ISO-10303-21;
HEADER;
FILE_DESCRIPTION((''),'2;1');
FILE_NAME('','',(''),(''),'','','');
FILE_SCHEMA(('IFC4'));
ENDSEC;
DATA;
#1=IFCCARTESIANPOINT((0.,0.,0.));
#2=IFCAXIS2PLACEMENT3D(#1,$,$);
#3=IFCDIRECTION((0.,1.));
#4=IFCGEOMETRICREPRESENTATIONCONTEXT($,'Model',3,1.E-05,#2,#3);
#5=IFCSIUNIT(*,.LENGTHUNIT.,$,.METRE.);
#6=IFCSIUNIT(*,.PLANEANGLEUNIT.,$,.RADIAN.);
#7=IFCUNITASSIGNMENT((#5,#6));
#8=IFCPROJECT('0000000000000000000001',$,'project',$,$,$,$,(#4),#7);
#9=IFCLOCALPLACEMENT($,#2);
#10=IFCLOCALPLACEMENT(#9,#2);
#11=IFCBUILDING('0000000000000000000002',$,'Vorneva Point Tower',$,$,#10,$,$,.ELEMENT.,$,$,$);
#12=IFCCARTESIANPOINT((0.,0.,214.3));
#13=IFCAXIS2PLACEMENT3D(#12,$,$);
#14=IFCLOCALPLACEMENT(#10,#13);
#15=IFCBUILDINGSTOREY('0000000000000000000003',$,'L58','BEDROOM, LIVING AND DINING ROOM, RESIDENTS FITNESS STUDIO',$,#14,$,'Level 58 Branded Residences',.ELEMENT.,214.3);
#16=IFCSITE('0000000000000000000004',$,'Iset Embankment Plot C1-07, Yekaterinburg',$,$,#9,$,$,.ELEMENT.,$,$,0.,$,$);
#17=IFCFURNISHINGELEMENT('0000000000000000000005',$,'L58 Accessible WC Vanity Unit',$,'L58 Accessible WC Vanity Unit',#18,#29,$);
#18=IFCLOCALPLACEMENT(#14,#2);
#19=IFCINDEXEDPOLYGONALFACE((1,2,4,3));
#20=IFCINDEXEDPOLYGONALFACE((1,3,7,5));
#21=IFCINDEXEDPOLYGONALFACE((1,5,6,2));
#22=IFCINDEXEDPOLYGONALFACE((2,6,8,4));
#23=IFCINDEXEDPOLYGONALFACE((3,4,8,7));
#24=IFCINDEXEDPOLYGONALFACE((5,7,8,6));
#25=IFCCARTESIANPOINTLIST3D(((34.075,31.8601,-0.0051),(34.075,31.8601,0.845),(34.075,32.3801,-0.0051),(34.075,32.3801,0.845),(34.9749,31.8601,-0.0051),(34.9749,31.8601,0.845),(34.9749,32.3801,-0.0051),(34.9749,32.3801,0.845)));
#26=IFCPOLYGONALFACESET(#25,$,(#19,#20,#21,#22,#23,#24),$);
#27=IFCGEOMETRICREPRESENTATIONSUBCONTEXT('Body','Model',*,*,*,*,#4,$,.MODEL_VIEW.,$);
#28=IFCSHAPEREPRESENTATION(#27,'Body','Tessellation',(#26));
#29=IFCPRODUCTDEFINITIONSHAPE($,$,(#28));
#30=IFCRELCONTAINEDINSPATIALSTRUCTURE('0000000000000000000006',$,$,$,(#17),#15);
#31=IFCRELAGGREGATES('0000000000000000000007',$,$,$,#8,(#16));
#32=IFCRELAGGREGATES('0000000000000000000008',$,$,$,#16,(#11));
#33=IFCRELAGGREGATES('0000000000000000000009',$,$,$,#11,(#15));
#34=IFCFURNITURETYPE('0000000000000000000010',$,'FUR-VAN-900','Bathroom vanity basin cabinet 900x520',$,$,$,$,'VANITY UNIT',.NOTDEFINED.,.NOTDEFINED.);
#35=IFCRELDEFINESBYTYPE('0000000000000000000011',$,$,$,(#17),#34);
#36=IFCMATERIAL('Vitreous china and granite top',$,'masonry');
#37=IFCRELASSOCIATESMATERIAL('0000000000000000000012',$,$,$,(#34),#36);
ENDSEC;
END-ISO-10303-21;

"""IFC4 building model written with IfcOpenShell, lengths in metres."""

from ifc_helpers import new_model, si_unit, direction, frame, origin, origin_2d, place, context, subcontext, project, spatial, rectangle, extrude, material, type_object, element, save


model = new_model("IFC4")

# Units and contexts
model_context = context("Model", 3, precision=1e-05, world=origin(), true_north=direction((0.0, 1.0)))
body_context = subcontext(model_context, "Body", "Model", "MODEL_VIEW")
ifc_project = project(units=[si_unit("LENGTHUNIT", "METRE"), si_unit("PLANEANGLEUNIT", "RADIAN")], contexts=[model_context])

# Site, building, storey
site_placement = place(None, origin())
site = spatial("IfcSite", under=ifc_project, at=site_placement, Name="Iset Embankment Plot C1-07, Yekaterinburg", CompositionType="ELEMENT", RefElevation=0.0)
building_placement = place(site_placement, origin())
building = spatial("IfcBuilding", under=site, at=building_placement, Name="Vorneva Point Tower", CompositionType="ELEMENT")
storey_placement = place(building_placement, frame((0.0, 0.0, 214.3)))
storey = spatial("IfcBuildingStorey", under=building, at=storey_placement, Name="L58", Description="BEDROOM, LIVING AND DINING ROOM, RESIDENTS FITNESS STUDIO", LongName="Level 58 Branded Residences", CompositionType="ELEMENT", Elevation=214.3)

# Furnishing element
ifc_material_1 = material(Name="Vitreous china and granite top", Category="masonry")
furniture_type_1 = type_object("IfcFurnitureType", Name="FUR-VAN-900", Description="Bathroom vanity basin cabinet 900x520", ElementType="VANITY UNIT", AssemblyPlace="NOTDEFINED", PredefinedType="NOTDEFINED", material=ifc_material_1)
furnishing_1_placement = place(storey_placement, frame((34.5249, 32.1201, -0.0051), z_axis=(0.0, 0.0, 1.0), x_axis=(1.0, 0.0, 0.0)))
element("IfcFurnishingElement", 1, at=furnishing_1_placement, inside=storey, type_object=furniture_type_1, Name="L58 Accessible WC Vanity Unit", ObjectType="L58 Accessible WC Vanity Unit", context=body_context, shape_type="SweptSolid", body=[
    extrude(rectangle(XDim=0.8999, YDim=0.52, at=origin_2d()), origin(), (0.0, 0.0, 1.0), 0.8501),
])

save(model, "model.ifc")
